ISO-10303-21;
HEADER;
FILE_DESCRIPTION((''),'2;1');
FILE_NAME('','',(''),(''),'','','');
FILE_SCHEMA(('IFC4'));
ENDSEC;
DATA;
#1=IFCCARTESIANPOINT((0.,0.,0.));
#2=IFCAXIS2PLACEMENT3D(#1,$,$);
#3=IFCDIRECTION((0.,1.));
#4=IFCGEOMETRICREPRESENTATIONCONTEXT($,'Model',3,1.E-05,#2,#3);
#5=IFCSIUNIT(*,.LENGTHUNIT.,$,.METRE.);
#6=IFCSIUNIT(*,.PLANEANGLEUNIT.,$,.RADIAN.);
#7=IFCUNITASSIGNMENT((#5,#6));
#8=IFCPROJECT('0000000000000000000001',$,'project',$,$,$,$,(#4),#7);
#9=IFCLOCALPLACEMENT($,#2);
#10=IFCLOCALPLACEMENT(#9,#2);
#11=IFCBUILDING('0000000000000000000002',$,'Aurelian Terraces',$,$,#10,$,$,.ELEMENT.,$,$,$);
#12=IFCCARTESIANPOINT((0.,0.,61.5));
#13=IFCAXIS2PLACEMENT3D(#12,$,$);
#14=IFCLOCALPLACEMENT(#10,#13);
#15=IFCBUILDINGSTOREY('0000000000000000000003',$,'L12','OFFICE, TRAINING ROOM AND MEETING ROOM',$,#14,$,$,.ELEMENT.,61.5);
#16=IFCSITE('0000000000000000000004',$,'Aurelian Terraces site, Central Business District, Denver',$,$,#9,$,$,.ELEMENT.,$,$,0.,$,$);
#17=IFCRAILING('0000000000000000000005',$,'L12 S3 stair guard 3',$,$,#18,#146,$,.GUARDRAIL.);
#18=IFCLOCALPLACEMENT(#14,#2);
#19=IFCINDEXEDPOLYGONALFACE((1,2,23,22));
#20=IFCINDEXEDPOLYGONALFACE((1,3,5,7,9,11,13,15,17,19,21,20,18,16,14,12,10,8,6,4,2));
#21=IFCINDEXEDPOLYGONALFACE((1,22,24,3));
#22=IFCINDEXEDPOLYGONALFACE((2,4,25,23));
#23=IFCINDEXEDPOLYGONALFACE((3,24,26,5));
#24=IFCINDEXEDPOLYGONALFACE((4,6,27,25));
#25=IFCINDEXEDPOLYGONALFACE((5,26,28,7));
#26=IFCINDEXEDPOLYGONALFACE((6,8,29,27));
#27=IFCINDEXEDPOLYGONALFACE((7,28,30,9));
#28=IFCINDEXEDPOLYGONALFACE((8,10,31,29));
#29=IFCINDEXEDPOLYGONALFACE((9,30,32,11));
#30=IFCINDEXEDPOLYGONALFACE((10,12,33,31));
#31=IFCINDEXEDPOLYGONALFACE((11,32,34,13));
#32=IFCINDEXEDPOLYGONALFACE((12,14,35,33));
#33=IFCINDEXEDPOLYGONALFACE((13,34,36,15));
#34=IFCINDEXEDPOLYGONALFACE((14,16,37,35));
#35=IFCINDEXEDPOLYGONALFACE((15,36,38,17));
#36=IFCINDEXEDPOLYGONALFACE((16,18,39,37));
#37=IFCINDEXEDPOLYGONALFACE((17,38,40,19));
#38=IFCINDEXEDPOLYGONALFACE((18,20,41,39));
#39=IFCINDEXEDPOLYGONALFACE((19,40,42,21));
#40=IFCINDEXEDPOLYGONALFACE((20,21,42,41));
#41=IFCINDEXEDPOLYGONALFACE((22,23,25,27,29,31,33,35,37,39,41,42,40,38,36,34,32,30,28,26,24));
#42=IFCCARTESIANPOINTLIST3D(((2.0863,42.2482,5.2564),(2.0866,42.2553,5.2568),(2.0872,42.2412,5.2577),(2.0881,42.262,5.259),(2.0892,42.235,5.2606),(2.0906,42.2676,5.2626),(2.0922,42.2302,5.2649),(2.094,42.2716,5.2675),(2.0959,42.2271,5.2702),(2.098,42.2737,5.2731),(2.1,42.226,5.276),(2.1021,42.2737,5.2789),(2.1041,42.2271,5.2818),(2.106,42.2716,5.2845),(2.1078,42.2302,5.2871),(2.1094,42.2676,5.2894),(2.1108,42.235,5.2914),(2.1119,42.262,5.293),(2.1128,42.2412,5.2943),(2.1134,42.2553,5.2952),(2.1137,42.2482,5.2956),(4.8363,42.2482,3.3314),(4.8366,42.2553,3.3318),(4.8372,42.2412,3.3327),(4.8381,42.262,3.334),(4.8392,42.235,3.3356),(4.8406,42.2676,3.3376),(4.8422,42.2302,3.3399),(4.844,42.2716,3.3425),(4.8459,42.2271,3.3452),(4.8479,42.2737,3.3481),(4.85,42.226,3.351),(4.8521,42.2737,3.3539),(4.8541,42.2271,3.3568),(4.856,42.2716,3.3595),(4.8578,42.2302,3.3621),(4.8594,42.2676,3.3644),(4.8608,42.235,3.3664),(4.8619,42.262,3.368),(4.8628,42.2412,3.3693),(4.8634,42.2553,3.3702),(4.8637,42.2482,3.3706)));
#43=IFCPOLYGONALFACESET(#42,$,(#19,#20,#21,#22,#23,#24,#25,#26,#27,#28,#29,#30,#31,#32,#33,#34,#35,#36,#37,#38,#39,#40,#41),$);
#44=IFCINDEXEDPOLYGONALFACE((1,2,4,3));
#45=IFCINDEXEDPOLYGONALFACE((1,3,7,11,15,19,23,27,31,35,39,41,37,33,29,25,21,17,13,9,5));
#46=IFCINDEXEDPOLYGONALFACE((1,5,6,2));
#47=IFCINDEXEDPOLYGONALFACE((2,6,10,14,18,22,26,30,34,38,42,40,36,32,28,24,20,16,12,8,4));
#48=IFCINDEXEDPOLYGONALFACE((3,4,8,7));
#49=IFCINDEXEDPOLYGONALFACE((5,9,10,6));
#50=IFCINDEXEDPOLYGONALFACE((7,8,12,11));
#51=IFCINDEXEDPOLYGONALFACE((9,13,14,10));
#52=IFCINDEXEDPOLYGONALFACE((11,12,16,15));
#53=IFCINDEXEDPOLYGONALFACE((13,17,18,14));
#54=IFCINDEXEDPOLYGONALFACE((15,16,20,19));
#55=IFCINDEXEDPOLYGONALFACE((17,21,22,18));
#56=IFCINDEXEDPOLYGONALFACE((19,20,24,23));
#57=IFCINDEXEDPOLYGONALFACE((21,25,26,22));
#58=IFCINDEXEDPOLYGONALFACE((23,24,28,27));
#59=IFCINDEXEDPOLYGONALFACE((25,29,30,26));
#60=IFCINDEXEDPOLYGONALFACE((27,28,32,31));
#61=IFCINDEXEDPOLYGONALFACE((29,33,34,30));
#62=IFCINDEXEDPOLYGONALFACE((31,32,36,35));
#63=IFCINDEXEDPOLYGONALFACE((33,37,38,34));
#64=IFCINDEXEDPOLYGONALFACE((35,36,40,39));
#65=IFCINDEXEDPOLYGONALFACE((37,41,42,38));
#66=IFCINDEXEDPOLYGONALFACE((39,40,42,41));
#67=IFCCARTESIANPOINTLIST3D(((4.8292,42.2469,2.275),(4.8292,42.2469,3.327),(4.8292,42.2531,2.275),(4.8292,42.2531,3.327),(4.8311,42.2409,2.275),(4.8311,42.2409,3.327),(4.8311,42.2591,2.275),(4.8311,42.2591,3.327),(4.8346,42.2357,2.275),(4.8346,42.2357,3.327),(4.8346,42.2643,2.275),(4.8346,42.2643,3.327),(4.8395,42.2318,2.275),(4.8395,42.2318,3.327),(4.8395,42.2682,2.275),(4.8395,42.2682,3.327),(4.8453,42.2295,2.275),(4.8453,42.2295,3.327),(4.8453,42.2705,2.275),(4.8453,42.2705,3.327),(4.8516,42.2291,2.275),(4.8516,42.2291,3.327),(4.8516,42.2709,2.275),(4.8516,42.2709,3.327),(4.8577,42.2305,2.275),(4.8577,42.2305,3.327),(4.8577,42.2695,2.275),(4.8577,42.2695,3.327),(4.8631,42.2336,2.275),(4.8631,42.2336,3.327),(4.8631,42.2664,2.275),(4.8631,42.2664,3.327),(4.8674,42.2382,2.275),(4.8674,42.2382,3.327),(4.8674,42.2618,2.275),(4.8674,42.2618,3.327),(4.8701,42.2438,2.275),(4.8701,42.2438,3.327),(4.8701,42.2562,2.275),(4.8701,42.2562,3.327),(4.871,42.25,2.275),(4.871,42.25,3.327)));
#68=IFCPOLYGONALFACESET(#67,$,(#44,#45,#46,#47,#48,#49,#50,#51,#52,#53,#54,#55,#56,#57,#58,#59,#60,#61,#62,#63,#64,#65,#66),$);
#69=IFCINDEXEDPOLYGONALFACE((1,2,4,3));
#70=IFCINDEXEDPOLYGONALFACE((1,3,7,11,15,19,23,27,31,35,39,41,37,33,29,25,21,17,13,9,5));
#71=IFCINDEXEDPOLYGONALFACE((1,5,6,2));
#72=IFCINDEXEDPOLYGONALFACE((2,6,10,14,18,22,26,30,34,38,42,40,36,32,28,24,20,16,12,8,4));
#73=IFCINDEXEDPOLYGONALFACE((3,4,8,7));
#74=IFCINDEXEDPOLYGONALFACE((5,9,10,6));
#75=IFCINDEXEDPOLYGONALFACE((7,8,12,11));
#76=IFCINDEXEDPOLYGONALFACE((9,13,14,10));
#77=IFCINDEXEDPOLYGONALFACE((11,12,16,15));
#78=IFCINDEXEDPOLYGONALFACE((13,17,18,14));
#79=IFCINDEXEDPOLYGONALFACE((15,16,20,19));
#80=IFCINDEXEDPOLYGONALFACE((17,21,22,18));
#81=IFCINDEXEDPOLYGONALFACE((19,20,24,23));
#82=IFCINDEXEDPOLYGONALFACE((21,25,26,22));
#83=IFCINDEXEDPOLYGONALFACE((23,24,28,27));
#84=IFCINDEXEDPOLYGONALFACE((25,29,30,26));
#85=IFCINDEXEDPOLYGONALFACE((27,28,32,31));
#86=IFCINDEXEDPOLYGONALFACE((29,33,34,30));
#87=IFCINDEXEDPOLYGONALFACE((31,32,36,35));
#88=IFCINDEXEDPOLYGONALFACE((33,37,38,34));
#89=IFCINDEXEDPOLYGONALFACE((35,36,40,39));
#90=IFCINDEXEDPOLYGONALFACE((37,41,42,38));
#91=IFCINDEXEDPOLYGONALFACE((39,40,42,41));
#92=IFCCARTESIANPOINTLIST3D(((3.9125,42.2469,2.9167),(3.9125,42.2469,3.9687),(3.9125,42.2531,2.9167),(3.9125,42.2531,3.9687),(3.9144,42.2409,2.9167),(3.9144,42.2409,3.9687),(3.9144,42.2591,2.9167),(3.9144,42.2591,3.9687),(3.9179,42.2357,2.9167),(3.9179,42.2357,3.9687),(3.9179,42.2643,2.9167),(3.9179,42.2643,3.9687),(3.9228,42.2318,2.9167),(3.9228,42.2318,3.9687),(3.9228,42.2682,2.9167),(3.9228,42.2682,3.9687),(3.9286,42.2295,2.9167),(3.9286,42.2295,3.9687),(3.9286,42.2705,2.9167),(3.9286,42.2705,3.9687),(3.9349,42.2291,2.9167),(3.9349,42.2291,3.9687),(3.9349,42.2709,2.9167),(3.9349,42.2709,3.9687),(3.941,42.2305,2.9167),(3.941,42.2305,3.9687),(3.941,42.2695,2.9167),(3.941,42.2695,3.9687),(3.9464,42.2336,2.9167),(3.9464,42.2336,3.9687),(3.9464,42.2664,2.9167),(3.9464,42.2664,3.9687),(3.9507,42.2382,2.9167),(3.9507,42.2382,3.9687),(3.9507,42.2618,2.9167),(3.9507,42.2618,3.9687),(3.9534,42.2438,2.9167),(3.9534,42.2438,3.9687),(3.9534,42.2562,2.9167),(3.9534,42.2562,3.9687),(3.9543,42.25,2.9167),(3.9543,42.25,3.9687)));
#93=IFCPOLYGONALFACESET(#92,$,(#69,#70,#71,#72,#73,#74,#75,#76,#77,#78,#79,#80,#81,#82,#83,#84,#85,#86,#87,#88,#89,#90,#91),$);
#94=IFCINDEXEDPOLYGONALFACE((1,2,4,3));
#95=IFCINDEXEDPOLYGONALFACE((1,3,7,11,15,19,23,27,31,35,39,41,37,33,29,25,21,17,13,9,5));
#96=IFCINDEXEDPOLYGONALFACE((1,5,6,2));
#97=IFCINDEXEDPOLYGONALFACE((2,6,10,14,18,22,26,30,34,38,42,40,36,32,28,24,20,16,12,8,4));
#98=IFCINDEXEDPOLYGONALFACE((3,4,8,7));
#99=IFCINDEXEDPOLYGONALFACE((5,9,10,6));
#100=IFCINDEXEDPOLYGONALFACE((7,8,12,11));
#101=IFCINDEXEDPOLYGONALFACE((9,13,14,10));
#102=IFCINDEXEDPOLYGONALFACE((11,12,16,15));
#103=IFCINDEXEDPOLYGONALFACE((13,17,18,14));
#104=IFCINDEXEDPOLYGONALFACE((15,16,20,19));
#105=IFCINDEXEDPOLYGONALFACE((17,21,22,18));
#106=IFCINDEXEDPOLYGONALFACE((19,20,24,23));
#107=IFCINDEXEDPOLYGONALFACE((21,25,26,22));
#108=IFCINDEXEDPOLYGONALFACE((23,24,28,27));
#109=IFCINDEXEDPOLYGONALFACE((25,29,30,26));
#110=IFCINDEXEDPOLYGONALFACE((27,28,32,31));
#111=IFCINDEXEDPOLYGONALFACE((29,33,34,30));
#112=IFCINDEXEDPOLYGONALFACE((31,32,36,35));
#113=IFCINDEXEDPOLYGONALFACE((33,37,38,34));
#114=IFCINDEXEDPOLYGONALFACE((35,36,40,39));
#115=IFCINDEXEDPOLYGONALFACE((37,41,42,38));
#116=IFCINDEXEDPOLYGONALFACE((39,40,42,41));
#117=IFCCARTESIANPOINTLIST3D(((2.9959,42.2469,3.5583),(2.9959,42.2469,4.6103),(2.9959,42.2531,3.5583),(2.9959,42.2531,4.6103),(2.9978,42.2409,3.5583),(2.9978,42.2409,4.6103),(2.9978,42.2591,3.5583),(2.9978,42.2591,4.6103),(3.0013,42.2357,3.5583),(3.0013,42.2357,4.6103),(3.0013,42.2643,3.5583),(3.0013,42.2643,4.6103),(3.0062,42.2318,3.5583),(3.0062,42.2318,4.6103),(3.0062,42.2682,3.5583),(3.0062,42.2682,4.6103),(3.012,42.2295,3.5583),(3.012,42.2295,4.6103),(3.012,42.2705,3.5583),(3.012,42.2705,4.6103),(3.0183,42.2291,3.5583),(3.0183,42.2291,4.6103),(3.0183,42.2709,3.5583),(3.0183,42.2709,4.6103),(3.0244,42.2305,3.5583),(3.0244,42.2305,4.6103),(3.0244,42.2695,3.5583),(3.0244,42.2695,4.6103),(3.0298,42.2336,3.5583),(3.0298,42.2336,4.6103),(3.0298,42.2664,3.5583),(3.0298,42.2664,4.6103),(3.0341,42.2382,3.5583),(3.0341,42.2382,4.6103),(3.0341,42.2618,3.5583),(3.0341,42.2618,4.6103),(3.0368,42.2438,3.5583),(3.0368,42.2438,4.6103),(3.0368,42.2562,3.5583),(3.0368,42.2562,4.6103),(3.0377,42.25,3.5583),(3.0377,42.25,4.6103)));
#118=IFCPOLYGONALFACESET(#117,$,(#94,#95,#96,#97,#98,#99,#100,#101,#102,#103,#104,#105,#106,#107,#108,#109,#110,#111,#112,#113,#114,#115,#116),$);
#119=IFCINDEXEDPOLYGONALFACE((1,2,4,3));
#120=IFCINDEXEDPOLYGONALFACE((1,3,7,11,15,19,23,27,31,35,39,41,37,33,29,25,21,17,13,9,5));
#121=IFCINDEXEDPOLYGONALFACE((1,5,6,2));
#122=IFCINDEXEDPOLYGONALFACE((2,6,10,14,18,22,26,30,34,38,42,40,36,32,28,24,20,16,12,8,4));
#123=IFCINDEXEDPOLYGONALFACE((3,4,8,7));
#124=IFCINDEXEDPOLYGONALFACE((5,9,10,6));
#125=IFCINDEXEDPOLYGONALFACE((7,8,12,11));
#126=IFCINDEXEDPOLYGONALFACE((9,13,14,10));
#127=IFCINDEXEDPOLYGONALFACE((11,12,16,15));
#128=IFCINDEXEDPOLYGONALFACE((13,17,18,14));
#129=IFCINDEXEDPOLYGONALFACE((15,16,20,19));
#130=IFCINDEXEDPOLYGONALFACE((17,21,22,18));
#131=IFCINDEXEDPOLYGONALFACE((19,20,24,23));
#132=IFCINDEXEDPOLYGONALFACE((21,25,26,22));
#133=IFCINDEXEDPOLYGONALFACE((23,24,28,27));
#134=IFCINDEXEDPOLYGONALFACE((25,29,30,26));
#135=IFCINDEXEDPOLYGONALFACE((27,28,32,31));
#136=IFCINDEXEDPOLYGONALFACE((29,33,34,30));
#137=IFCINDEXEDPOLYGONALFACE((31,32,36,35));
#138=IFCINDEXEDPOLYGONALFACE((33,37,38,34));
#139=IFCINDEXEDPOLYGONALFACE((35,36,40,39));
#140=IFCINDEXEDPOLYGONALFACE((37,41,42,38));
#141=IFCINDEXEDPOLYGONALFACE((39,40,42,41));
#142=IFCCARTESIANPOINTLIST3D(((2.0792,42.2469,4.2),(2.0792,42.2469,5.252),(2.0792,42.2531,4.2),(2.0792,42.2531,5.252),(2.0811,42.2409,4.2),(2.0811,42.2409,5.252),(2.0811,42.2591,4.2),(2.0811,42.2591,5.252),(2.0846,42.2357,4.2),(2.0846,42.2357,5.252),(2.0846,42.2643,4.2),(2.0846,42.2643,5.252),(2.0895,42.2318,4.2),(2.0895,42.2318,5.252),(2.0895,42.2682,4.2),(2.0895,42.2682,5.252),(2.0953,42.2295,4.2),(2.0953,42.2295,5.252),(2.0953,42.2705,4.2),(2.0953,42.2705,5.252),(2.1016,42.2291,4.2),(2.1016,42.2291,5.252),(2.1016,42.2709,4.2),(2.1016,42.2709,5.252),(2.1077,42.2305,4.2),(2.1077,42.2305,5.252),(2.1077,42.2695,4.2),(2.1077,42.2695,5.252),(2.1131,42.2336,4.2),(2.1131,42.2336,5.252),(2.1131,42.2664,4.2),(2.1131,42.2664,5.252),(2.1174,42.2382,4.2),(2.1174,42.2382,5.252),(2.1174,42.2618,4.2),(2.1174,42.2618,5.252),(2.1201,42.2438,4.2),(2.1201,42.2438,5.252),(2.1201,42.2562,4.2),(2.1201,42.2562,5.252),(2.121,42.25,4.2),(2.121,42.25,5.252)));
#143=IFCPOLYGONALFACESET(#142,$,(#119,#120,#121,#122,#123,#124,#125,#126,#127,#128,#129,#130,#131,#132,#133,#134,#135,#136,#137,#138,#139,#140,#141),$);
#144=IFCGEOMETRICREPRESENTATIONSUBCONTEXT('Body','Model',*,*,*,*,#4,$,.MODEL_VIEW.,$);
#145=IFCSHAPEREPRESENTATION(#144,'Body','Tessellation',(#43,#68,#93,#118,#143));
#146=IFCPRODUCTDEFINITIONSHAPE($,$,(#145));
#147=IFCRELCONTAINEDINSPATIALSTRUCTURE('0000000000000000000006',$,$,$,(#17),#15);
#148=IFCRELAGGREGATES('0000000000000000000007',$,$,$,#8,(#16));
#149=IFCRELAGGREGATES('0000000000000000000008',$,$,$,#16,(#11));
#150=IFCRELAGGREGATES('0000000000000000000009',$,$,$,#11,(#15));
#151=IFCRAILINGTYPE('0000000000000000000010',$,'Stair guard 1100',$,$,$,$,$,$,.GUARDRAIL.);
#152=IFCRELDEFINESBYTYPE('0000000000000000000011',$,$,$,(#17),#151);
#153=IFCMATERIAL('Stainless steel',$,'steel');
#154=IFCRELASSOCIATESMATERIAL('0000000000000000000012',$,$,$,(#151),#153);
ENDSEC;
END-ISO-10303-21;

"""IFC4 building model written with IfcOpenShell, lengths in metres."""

from ifc_helpers import new_model, si_unit, direction, frame, origin, origin_2d, place, context, subcontext, project, spatial, circle, extrude, source, transform, mapped, material, type_object, element, save


model = new_model("IFC4")

# Units and contexts
model_context = context("Model", 3, precision=1e-05, world=origin(), true_north=direction((0.0, 1.0)))
body_context = subcontext(model_context, "Body", "Model", "MODEL_VIEW")
ifc_project = project(units=[si_unit("LENGTHUNIT", "METRE"), si_unit("PLANEANGLEUNIT", "RADIAN")], contexts=[model_context])

# Site, building, storey
site_placement = place(None, origin())
site = spatial("IfcSite", under=ifc_project, at=site_placement, Name="Aurelian Terraces site, Central Business District, Denver", CompositionType="ELEMENT", RefElevation=0.0)
building_placement = place(site_placement, origin())
building = spatial("IfcBuilding", under=site, at=building_placement, Name="Aurelian Terraces", CompositionType="ELEMENT")
storey_placement = place(building_placement, frame((0.0, 0.0, 61.5)))
storey = spatial("IfcBuildingStorey", under=building, at=storey_placement, Name="L12", Description="OFFICE, TRAINING ROOM AND MEETING ROOM", CompositionType="ELEMENT", Elevation=61.5)

# Railing
ifc_material_1 = material(Name="Stainless steel", Category="steel")
railing_type_1 = type_object("IfcRailingType", Name="Stair guard 1100", PredefinedType="GUARDRAIL", material=ifc_material_1)
shared_shape_1 = source(origin(), body_context, "Body", "SweptSolid", [
    extrude(circle(Radius=0.024, at=origin_2d()), frame((0.0, 0.0, 1.076), z_axis=(-0.819232, 0.0, 0.573462), x_axis=(0.0, -1.0, 0.0)), (0.0, 0.0, 1.0), 3.3568),
    extrude(circle(Radius=0.021, at=origin_2d()), origin(), (0.0, 0.0, 1.0), 1.052),
    extrude(circle(Radius=0.021, at=origin_2d()), frame((-0.9167, 0.0, 0.6417)), (0.0, 0.0, 1.0), 1.052),
    extrude(circle(Radius=0.021, at=origin_2d()), frame((-1.8333, 0.0, 1.2833)), (0.0, 0.0, 1.0), 1.052),
    extrude(circle(Radius=0.021, at=origin_2d()), frame((-2.75, 0.0, 1.925)), (0.0, 0.0, 1.0), 1.052),
])
railing_1_placement = place(storey_placement, frame((4.85, 42.25, 2.275)))
element("IfcRailing", 1, at=railing_1_placement, inside=storey, type_object=railing_type_1, Name="L12 S3 stair guard 3", PredefinedType="GUARDRAIL", context=body_context, shape_type="MappedRepresentation", body=[
    mapped(shared_shape_1, transform((0.0, 0.0, 0.0), scale=1.0)),
])

save(model, "model.ifc")
